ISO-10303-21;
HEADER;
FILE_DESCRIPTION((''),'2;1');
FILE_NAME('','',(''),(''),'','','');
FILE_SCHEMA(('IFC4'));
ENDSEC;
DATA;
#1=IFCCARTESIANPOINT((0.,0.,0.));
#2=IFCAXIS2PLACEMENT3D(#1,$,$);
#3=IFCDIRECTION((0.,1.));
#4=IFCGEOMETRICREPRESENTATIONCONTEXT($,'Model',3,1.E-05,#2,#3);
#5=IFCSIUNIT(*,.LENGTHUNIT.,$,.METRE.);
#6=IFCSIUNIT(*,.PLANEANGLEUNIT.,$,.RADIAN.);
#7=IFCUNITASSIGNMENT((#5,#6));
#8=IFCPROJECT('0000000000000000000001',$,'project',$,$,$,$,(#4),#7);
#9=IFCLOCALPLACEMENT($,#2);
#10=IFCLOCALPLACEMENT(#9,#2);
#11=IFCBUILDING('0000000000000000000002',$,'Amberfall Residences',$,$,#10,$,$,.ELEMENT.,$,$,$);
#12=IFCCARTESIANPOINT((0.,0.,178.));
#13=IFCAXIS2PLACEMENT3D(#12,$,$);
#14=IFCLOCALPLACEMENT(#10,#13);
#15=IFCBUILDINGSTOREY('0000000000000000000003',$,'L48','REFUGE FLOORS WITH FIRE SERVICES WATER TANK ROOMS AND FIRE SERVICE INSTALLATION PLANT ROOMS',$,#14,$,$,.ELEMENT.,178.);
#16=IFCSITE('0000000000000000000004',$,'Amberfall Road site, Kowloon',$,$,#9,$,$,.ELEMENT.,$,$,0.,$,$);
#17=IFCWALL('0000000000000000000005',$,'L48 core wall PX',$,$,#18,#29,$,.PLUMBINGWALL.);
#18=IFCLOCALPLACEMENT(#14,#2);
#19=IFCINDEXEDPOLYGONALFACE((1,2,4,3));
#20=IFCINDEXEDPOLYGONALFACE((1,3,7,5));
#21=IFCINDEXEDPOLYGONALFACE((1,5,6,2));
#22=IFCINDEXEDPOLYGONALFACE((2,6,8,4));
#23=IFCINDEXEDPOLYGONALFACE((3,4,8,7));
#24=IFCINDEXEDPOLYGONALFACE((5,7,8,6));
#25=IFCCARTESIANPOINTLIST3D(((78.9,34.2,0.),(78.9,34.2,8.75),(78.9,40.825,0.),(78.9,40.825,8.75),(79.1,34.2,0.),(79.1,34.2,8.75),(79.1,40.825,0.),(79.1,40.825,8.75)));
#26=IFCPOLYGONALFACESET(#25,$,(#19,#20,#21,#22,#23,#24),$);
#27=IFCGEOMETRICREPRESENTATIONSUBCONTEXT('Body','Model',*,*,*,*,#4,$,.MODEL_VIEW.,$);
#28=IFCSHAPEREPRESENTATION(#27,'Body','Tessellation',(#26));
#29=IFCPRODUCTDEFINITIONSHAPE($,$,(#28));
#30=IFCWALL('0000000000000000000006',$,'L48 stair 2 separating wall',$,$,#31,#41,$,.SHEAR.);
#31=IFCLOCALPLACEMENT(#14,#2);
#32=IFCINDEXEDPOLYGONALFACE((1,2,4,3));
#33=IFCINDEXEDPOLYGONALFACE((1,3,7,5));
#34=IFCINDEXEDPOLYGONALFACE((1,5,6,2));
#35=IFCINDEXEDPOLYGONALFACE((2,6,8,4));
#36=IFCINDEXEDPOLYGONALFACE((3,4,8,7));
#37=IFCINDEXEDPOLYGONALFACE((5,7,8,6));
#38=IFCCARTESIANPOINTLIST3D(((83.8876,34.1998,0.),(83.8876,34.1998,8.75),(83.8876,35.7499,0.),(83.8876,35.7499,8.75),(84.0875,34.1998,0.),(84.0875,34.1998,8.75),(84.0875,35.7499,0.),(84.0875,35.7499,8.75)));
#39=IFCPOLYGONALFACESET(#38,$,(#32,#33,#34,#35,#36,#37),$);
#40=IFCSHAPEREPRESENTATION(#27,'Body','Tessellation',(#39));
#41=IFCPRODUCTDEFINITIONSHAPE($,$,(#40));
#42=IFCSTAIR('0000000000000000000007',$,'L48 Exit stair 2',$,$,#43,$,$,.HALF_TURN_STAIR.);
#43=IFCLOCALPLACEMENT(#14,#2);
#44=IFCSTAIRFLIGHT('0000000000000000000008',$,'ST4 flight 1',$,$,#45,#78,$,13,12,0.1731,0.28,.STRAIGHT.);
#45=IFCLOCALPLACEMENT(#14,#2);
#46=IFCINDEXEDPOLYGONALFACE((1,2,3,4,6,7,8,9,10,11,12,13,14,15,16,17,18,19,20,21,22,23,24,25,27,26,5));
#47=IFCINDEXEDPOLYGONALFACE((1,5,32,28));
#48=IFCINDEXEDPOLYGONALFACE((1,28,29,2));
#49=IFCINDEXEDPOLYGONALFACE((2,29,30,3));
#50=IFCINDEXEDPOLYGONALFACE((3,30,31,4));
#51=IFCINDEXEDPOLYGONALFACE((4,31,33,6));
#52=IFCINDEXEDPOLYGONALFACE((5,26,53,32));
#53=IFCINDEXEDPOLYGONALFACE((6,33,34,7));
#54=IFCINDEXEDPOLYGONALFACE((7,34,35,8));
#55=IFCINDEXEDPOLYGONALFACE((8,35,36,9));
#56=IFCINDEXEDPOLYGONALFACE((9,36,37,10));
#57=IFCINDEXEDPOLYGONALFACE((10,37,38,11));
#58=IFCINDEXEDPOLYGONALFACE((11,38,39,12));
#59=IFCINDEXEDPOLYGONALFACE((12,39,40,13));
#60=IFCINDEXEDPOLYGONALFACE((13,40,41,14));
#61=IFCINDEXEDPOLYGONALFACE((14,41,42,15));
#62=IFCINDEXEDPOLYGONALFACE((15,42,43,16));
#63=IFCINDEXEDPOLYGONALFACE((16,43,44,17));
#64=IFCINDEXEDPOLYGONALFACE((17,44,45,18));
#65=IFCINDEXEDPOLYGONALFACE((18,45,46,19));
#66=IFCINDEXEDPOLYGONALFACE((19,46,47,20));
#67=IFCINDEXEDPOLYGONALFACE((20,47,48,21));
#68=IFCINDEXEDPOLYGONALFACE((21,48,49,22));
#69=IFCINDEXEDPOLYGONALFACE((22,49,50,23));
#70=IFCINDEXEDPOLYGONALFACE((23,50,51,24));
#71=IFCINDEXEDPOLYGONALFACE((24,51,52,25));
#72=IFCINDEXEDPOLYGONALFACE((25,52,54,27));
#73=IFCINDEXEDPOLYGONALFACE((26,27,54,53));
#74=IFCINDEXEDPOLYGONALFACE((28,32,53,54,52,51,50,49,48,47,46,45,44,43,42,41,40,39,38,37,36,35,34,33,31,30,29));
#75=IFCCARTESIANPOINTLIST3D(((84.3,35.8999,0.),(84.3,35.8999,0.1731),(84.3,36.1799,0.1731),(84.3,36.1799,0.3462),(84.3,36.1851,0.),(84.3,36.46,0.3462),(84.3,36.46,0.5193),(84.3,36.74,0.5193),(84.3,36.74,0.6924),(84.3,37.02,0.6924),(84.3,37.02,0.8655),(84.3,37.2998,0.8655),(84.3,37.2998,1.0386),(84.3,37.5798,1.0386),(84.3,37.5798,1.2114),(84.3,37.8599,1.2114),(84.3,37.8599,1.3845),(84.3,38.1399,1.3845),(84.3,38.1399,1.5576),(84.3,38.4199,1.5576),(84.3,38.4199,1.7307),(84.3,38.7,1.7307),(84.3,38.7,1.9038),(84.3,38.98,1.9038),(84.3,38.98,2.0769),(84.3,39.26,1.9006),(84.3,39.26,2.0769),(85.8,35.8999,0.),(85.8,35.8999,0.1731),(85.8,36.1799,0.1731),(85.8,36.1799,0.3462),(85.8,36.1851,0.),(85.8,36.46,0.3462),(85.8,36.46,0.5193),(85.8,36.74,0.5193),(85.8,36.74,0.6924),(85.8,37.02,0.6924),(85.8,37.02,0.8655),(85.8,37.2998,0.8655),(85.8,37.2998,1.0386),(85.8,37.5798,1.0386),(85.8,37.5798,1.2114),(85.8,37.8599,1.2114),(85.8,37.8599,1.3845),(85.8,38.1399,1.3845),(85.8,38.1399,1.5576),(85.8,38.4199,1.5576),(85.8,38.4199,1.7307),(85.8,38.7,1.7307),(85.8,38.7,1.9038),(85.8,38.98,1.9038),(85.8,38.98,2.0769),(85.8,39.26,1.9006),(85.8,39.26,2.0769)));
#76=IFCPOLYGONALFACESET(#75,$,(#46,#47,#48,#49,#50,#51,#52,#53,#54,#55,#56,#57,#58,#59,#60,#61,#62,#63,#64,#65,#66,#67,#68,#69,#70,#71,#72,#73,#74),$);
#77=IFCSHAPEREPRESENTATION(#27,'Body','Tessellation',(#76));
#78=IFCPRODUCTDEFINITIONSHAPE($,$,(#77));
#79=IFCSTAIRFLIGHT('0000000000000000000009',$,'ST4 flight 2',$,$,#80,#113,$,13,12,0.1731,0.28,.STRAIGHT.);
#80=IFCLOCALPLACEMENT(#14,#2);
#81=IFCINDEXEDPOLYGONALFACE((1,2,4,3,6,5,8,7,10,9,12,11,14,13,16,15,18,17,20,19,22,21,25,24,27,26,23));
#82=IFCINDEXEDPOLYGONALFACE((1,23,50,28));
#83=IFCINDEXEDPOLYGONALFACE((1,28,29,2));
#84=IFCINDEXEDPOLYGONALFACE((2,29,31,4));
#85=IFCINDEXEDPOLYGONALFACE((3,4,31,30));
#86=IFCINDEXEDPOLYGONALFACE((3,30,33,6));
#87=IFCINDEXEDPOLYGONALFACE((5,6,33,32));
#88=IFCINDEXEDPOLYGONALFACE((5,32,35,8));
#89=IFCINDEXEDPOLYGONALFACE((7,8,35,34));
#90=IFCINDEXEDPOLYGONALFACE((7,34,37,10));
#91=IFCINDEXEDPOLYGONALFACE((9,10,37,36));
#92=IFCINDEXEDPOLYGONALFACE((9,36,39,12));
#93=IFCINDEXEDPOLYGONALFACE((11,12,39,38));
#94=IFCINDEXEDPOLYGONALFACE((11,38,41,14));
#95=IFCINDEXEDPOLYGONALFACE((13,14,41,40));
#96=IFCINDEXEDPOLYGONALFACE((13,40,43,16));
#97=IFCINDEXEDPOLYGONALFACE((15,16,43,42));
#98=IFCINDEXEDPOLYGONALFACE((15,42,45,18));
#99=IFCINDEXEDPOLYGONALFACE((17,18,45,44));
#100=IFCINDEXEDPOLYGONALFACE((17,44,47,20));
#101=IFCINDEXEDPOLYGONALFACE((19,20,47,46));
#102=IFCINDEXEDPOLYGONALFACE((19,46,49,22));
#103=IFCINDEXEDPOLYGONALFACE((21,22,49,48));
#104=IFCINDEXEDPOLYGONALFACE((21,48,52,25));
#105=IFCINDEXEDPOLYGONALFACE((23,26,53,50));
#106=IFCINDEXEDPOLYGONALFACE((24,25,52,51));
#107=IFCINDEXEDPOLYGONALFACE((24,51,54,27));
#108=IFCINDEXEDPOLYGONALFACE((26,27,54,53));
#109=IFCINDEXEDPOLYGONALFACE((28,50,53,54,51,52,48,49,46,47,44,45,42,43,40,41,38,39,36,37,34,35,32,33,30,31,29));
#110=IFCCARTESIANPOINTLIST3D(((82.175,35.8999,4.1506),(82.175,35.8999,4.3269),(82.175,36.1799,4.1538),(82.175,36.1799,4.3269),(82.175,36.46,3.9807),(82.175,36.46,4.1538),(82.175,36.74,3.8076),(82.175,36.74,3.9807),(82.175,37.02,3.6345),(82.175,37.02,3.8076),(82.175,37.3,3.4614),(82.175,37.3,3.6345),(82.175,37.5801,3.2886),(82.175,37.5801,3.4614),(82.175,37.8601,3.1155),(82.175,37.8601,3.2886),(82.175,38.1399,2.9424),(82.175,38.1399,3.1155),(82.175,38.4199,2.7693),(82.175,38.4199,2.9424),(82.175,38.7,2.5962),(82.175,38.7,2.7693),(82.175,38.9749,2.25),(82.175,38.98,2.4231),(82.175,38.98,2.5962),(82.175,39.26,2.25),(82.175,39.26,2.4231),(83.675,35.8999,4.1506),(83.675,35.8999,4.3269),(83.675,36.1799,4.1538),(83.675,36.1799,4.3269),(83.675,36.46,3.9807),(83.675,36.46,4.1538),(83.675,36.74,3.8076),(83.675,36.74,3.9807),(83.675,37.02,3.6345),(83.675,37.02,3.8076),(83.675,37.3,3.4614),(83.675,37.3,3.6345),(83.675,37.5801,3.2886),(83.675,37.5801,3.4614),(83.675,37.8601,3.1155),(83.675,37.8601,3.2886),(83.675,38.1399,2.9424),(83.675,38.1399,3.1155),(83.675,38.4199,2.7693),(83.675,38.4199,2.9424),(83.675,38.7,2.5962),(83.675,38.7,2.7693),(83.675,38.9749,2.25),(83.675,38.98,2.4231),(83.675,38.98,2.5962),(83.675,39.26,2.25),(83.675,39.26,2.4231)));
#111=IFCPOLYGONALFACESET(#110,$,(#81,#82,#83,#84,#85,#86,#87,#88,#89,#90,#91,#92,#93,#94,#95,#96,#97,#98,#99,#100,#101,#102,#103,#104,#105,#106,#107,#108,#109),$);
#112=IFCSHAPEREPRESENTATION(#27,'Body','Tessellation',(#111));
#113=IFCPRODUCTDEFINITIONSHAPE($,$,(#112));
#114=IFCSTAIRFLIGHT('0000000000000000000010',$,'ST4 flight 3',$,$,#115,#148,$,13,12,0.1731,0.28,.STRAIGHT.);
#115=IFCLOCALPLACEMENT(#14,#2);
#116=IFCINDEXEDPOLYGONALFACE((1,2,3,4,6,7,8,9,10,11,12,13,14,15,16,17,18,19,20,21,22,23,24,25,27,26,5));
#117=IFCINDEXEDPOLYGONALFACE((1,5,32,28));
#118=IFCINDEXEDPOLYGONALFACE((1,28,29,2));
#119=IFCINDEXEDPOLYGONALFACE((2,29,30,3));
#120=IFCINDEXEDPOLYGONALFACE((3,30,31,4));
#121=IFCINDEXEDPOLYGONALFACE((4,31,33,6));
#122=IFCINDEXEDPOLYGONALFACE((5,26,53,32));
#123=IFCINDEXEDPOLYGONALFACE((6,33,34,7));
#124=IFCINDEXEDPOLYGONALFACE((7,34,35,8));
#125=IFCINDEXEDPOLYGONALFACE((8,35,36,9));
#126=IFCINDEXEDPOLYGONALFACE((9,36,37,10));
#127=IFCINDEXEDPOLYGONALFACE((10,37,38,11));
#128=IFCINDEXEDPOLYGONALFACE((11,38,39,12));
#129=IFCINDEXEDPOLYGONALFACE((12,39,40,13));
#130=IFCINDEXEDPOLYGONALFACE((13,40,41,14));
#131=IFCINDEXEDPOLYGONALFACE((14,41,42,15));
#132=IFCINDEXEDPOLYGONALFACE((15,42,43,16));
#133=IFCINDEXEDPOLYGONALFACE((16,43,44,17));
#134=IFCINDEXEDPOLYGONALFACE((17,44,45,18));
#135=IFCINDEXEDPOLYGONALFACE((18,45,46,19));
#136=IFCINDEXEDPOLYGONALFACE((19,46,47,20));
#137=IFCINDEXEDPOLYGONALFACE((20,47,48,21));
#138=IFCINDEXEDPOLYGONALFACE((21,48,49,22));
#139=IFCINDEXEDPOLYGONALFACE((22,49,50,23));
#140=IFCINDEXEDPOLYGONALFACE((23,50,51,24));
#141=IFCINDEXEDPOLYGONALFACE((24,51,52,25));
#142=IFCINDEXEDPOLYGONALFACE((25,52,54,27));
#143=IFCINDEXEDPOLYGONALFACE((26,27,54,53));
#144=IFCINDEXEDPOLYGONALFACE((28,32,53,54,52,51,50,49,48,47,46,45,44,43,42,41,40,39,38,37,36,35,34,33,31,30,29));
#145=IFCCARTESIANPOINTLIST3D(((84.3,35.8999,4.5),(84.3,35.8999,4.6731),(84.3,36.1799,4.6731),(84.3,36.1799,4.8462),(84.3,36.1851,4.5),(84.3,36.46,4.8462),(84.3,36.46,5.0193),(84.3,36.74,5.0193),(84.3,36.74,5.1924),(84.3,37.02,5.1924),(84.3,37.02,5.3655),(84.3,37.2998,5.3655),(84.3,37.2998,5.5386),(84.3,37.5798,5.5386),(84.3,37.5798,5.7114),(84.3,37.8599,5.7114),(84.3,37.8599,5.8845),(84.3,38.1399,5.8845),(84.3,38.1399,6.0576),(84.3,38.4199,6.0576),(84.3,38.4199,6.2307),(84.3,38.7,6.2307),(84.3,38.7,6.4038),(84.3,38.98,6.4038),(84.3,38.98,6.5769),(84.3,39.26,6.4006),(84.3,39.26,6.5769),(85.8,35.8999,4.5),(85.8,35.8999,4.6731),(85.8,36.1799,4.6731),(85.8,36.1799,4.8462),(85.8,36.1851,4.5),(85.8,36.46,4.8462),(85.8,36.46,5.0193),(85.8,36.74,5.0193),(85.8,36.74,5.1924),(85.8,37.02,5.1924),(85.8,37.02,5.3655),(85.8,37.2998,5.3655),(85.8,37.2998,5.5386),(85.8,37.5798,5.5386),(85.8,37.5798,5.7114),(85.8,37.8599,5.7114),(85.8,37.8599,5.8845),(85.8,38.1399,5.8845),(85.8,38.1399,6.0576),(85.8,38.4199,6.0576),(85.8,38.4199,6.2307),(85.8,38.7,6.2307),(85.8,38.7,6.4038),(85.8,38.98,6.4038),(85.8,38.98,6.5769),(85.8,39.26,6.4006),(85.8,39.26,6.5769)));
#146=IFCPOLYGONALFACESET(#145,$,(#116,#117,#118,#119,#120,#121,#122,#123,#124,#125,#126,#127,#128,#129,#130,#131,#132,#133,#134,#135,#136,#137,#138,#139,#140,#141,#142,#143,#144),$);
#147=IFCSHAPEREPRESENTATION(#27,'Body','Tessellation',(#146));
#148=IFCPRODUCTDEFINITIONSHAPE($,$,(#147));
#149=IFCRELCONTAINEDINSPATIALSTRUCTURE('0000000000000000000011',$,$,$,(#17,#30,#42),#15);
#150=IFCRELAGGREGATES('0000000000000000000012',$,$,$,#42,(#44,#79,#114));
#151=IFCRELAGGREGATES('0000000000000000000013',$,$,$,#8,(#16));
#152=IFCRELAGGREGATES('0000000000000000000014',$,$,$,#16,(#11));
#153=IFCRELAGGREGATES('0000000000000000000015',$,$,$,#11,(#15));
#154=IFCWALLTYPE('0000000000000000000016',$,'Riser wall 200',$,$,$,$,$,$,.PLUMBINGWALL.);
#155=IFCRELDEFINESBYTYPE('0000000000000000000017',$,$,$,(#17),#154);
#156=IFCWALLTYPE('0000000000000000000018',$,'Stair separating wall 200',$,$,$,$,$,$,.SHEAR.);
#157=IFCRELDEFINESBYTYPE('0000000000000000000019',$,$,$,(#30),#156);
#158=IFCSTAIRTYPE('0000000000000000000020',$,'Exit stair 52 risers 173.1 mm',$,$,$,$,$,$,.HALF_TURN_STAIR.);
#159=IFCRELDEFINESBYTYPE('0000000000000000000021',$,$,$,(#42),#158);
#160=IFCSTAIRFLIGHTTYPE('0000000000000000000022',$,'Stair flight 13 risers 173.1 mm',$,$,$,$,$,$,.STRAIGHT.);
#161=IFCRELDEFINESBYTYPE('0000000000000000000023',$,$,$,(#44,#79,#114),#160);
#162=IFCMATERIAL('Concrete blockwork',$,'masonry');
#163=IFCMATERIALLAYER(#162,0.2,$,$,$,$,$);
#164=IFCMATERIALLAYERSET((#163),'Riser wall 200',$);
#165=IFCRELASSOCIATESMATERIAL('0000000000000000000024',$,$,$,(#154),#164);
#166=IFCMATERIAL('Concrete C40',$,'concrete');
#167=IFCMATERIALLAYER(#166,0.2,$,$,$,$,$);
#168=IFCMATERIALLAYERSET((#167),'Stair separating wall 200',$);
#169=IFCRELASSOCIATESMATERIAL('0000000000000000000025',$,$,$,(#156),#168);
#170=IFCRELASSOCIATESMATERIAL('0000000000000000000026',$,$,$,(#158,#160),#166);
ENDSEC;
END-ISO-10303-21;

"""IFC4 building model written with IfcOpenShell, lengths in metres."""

from ifc_helpers import new_model, si_unit, direction, frame, frame_2d, origin, place, context, subcontext, project, spatial, polyline, rectangle, outline, extrude, material, layer, layer_set, type_object, element, aggregate, save


model = new_model("IFC4")

# Units and contexts
model_context = context("Model", 3, precision=1e-05, world=origin(), true_north=direction((0.0, 1.0)))
body_context = subcontext(model_context, "Body", "Model", "MODEL_VIEW")
ifc_project = project(units=[si_unit("LENGTHUNIT", "METRE"), si_unit("PLANEANGLEUNIT", "RADIAN")], contexts=[model_context])

# Site, building, storey
site_placement = place(None, origin())
site = spatial("IfcSite", under=ifc_project, at=site_placement, Name="Amberfall Road site, Kowloon", CompositionType="ELEMENT", RefElevation=0.0)
building_placement = place(site_placement, origin())
building = spatial("IfcBuilding", under=site, at=building_placement, Name="Amberfall Residences", CompositionType="ELEMENT")
storey_placement = place(building_placement, frame((0.0, 0.0, 178.0)))
storey = spatial("IfcBuildingStorey", under=building, at=storey_placement, Name="L48", Description="REFUGE FLOORS WITH FIRE SERVICES WATER TANK ROOMS AND FIRE SERVICE INSTALLATION PLANT ROOMS", CompositionType="ELEMENT", Elevation=178.0)

# Walls
ifc_material_1 = material(Name="Concrete blockwork", Category="masonry")
ifc_layer_1 = layer(ifc_material_1, 0.2)
ifc_layer_set_1 = layer_set([ifc_layer_1], Name="Riser wall 200")
wall_type_1 = type_object("IfcWallType", Name="Riser wall 200", PredefinedType="PLUMBINGWALL", material=ifc_layer_set_1)
wall_1_placement = place(storey_placement, frame((79.0, 34.2, 0.0), z_axis=(0.0, 0.0, 1.0), x_axis=(0.0, 1.0, 0.0)))
element("IfcWall", 1, at=wall_1_placement, inside=storey, type_object=wall_type_1, Name="L48 core wall PX", PredefinedType="PLUMBINGWALL", context=body_context, shape_type="SweptSolid", body=[
    extrude(rectangle(XDim=6.625, YDim=0.2, at=frame_2d((3.3125, 0.0))), origin(), (0.0, 0.0, 1.0), 8.75),
])
ifc_material_2 = material(Name="Concrete C40", Category="concrete")
ifc_layer_2 = layer(ifc_material_2, 0.2)
ifc_layer_set_2 = layer_set([ifc_layer_2], Name="Stair separating wall 200")
wall_type_2 = type_object("IfcWallType", Name="Stair separating wall 200", PredefinedType="SHEAR", material=ifc_layer_set_2)
wall_2_placement = place(storey_placement, frame((83.9875, 34.2, 0.0), z_axis=(0.0, 0.0, 1.0), x_axis=(0.0, 1.0, 0.0)))
element("IfcWall", 2, at=wall_2_placement, inside=storey, type_object=wall_type_2, Name="L48 stair 2 separating wall", PredefinedType="SHEAR", context=body_context, shape_type="SweptSolid", body=[
    extrude(rectangle(XDim=1.55, YDim=0.2, at=frame_2d((0.7749, 0.0))), origin(), (0.0, 0.0, 1.0), 8.75),
])

# Stair, stair flights
stair_type = type_object("IfcStairType", Name="Exit stair 52 risers 173.1 mm", PredefinedType="HALF_TURN_STAIR", material=ifc_material_2)
stair_placement = place(storey_placement, origin())
stair = element("IfcStair", 3, at=stair_placement, inside=storey, type_object=stair_type, Name="L48 Exit stair 2", PredefinedType="HALF_TURN_STAIR")
stair_flight_type = type_object("IfcStairFlightType", Name="Stair flight 13 risers 173.1 mm", PredefinedType="STRAIGHT", material=ifc_material_2)
stair_flight_1_placement = place(storey_placement, frame((85.05, 35.8999, 0.0), z_axis=(0.0, 0.0, 1.0), x_axis=(0.0, 1.0, 0.0)))
stair_flight_1 = element("IfcStairFlight", 4, at=stair_flight_1_placement, type_object=stair_flight_type, Name="ST4 flight 1", NumberOfRisers=13, NumberOfTreads=12, PredefinedType="STRAIGHT", RiserHeight=0.1731, TreadLength=0.28, context=body_context, shape_type="SweptSolid", body=[
    extrude(outline(polyline([(0.0, 0.0), (0.0, 0.1731), (0.28, 0.1731), (0.28, 0.3462), (0.5601, 0.3462), (0.5601, 0.5193), (0.8401, 0.5193), (0.8401, 0.6924), (1.1201, 0.6924), (1.1201, 0.8655), (1.3999, 0.8655), (1.3999, 1.0386), (1.6799, 1.0386), (1.6799, 1.2114), (1.96, 1.2114), (1.96, 1.3845), (2.24, 1.3845), (2.24, 1.5576), (2.52, 1.5576), (2.52, 1.7307), (2.8, 1.7307), (2.8, 1.9038), (3.0801, 1.9038), (3.0801, 2.0769), (3.3601, 2.0769), (3.3601, 2.25), (3.3601, 1.9006), (0.2852, 0.0), (0.0, 0.0)])), frame((0.0, 0.75, 0.0), z_axis=(0.0, -1.0, 0.0), x_axis=(1.0, 0.0, 0.0)), (0.0, 0.0, 1.0), 1.5),
])
stair_flight_2_placement = place(storey_placement, frame((82.925, 39.26, 2.25), z_axis=(0.0, 0.0, 1.0), x_axis=(0.0, -1.0, 0.0)))
stair_flight_2 = element("IfcStairFlight", 5, at=stair_flight_2_placement, type_object=stair_flight_type, Name="ST4 flight 2", NumberOfRisers=13, NumberOfTreads=12, PredefinedType="STRAIGHT", RiserHeight=0.1731, TreadLength=0.28, context=body_context, shape_type="SweptSolid", body=[
    extrude(outline(polyline([(0.0, 0.0), (0.0, 0.1731), (0.28, 0.1731), (0.28, 0.3462), (0.5601, 0.3462), (0.5601, 0.5193), (0.8401, 0.5193), (0.8401, 0.6924), (1.1201, 0.6924), (1.1201, 0.8655), (1.3999, 0.8655), (1.3999, 1.0386), (1.6799, 1.0386), (1.6799, 1.2114), (1.96, 1.2114), (1.96, 1.3845), (2.24, 1.3845), (2.24, 1.5576), (2.52, 1.5576), (2.52, 1.7307), (2.8, 1.7307), (2.8, 1.9038), (3.0801, 1.9038), (3.0801, 2.0769), (3.3601, 2.0769), (3.3601, 2.25), (3.3601, 1.9006), (0.2852, 0.0), (0.0, 0.0)])), frame((0.0, 0.75, 0.0), z_axis=(0.0, -1.0, 0.0), x_axis=(1.0, 0.0, 0.0)), (0.0, 0.0, 1.0), 1.5),
])
stair_flight_3_placement = place(storey_placement, frame((85.05, 35.8999, 4.5), z_axis=(0.0, 0.0, 1.0), x_axis=(0.0, 1.0, 0.0)))
stair_flight_3 = element("IfcStairFlight", 6, at=stair_flight_3_placement, type_object=stair_flight_type, Name="ST4 flight 3", NumberOfRisers=13, NumberOfTreads=12, PredefinedType="STRAIGHT", RiserHeight=0.1731, TreadLength=0.28, context=body_context, shape_type="SweptSolid", body=[
    extrude(outline(polyline([(0.0, 0.0), (0.0, 0.1731), (0.28, 0.1731), (0.28, 0.3462), (0.5601, 0.3462), (0.5601, 0.5193), (0.8401, 0.5193), (0.8401, 0.6924), (1.1201, 0.6924), (1.1201, 0.8655), (1.3999, 0.8655), (1.3999, 1.0386), (1.6799, 1.0386), (1.6799, 1.2114), (1.96, 1.2114), (1.96, 1.3845), (2.24, 1.3845), (2.24, 1.5576), (2.52, 1.5576), (2.52, 1.7307), (2.8, 1.7307), (2.8, 1.9038), (3.0801, 1.9038), (3.0801, 2.0769), (3.3601, 2.0769), (3.3601, 2.25), (3.3601, 1.9006), (0.2852, 0.0), (0.0, 0.0)])), frame((0.0, 0.75, 0.0), z_axis=(0.0, -1.0, 0.0), x_axis=(1.0, 0.0, 0.0)), (0.0, 0.0, 1.0), 1.5),
])
aggregate(stair, [stair_flight_1, stair_flight_2, stair_flight_3])

save(model, "model.ifc")
